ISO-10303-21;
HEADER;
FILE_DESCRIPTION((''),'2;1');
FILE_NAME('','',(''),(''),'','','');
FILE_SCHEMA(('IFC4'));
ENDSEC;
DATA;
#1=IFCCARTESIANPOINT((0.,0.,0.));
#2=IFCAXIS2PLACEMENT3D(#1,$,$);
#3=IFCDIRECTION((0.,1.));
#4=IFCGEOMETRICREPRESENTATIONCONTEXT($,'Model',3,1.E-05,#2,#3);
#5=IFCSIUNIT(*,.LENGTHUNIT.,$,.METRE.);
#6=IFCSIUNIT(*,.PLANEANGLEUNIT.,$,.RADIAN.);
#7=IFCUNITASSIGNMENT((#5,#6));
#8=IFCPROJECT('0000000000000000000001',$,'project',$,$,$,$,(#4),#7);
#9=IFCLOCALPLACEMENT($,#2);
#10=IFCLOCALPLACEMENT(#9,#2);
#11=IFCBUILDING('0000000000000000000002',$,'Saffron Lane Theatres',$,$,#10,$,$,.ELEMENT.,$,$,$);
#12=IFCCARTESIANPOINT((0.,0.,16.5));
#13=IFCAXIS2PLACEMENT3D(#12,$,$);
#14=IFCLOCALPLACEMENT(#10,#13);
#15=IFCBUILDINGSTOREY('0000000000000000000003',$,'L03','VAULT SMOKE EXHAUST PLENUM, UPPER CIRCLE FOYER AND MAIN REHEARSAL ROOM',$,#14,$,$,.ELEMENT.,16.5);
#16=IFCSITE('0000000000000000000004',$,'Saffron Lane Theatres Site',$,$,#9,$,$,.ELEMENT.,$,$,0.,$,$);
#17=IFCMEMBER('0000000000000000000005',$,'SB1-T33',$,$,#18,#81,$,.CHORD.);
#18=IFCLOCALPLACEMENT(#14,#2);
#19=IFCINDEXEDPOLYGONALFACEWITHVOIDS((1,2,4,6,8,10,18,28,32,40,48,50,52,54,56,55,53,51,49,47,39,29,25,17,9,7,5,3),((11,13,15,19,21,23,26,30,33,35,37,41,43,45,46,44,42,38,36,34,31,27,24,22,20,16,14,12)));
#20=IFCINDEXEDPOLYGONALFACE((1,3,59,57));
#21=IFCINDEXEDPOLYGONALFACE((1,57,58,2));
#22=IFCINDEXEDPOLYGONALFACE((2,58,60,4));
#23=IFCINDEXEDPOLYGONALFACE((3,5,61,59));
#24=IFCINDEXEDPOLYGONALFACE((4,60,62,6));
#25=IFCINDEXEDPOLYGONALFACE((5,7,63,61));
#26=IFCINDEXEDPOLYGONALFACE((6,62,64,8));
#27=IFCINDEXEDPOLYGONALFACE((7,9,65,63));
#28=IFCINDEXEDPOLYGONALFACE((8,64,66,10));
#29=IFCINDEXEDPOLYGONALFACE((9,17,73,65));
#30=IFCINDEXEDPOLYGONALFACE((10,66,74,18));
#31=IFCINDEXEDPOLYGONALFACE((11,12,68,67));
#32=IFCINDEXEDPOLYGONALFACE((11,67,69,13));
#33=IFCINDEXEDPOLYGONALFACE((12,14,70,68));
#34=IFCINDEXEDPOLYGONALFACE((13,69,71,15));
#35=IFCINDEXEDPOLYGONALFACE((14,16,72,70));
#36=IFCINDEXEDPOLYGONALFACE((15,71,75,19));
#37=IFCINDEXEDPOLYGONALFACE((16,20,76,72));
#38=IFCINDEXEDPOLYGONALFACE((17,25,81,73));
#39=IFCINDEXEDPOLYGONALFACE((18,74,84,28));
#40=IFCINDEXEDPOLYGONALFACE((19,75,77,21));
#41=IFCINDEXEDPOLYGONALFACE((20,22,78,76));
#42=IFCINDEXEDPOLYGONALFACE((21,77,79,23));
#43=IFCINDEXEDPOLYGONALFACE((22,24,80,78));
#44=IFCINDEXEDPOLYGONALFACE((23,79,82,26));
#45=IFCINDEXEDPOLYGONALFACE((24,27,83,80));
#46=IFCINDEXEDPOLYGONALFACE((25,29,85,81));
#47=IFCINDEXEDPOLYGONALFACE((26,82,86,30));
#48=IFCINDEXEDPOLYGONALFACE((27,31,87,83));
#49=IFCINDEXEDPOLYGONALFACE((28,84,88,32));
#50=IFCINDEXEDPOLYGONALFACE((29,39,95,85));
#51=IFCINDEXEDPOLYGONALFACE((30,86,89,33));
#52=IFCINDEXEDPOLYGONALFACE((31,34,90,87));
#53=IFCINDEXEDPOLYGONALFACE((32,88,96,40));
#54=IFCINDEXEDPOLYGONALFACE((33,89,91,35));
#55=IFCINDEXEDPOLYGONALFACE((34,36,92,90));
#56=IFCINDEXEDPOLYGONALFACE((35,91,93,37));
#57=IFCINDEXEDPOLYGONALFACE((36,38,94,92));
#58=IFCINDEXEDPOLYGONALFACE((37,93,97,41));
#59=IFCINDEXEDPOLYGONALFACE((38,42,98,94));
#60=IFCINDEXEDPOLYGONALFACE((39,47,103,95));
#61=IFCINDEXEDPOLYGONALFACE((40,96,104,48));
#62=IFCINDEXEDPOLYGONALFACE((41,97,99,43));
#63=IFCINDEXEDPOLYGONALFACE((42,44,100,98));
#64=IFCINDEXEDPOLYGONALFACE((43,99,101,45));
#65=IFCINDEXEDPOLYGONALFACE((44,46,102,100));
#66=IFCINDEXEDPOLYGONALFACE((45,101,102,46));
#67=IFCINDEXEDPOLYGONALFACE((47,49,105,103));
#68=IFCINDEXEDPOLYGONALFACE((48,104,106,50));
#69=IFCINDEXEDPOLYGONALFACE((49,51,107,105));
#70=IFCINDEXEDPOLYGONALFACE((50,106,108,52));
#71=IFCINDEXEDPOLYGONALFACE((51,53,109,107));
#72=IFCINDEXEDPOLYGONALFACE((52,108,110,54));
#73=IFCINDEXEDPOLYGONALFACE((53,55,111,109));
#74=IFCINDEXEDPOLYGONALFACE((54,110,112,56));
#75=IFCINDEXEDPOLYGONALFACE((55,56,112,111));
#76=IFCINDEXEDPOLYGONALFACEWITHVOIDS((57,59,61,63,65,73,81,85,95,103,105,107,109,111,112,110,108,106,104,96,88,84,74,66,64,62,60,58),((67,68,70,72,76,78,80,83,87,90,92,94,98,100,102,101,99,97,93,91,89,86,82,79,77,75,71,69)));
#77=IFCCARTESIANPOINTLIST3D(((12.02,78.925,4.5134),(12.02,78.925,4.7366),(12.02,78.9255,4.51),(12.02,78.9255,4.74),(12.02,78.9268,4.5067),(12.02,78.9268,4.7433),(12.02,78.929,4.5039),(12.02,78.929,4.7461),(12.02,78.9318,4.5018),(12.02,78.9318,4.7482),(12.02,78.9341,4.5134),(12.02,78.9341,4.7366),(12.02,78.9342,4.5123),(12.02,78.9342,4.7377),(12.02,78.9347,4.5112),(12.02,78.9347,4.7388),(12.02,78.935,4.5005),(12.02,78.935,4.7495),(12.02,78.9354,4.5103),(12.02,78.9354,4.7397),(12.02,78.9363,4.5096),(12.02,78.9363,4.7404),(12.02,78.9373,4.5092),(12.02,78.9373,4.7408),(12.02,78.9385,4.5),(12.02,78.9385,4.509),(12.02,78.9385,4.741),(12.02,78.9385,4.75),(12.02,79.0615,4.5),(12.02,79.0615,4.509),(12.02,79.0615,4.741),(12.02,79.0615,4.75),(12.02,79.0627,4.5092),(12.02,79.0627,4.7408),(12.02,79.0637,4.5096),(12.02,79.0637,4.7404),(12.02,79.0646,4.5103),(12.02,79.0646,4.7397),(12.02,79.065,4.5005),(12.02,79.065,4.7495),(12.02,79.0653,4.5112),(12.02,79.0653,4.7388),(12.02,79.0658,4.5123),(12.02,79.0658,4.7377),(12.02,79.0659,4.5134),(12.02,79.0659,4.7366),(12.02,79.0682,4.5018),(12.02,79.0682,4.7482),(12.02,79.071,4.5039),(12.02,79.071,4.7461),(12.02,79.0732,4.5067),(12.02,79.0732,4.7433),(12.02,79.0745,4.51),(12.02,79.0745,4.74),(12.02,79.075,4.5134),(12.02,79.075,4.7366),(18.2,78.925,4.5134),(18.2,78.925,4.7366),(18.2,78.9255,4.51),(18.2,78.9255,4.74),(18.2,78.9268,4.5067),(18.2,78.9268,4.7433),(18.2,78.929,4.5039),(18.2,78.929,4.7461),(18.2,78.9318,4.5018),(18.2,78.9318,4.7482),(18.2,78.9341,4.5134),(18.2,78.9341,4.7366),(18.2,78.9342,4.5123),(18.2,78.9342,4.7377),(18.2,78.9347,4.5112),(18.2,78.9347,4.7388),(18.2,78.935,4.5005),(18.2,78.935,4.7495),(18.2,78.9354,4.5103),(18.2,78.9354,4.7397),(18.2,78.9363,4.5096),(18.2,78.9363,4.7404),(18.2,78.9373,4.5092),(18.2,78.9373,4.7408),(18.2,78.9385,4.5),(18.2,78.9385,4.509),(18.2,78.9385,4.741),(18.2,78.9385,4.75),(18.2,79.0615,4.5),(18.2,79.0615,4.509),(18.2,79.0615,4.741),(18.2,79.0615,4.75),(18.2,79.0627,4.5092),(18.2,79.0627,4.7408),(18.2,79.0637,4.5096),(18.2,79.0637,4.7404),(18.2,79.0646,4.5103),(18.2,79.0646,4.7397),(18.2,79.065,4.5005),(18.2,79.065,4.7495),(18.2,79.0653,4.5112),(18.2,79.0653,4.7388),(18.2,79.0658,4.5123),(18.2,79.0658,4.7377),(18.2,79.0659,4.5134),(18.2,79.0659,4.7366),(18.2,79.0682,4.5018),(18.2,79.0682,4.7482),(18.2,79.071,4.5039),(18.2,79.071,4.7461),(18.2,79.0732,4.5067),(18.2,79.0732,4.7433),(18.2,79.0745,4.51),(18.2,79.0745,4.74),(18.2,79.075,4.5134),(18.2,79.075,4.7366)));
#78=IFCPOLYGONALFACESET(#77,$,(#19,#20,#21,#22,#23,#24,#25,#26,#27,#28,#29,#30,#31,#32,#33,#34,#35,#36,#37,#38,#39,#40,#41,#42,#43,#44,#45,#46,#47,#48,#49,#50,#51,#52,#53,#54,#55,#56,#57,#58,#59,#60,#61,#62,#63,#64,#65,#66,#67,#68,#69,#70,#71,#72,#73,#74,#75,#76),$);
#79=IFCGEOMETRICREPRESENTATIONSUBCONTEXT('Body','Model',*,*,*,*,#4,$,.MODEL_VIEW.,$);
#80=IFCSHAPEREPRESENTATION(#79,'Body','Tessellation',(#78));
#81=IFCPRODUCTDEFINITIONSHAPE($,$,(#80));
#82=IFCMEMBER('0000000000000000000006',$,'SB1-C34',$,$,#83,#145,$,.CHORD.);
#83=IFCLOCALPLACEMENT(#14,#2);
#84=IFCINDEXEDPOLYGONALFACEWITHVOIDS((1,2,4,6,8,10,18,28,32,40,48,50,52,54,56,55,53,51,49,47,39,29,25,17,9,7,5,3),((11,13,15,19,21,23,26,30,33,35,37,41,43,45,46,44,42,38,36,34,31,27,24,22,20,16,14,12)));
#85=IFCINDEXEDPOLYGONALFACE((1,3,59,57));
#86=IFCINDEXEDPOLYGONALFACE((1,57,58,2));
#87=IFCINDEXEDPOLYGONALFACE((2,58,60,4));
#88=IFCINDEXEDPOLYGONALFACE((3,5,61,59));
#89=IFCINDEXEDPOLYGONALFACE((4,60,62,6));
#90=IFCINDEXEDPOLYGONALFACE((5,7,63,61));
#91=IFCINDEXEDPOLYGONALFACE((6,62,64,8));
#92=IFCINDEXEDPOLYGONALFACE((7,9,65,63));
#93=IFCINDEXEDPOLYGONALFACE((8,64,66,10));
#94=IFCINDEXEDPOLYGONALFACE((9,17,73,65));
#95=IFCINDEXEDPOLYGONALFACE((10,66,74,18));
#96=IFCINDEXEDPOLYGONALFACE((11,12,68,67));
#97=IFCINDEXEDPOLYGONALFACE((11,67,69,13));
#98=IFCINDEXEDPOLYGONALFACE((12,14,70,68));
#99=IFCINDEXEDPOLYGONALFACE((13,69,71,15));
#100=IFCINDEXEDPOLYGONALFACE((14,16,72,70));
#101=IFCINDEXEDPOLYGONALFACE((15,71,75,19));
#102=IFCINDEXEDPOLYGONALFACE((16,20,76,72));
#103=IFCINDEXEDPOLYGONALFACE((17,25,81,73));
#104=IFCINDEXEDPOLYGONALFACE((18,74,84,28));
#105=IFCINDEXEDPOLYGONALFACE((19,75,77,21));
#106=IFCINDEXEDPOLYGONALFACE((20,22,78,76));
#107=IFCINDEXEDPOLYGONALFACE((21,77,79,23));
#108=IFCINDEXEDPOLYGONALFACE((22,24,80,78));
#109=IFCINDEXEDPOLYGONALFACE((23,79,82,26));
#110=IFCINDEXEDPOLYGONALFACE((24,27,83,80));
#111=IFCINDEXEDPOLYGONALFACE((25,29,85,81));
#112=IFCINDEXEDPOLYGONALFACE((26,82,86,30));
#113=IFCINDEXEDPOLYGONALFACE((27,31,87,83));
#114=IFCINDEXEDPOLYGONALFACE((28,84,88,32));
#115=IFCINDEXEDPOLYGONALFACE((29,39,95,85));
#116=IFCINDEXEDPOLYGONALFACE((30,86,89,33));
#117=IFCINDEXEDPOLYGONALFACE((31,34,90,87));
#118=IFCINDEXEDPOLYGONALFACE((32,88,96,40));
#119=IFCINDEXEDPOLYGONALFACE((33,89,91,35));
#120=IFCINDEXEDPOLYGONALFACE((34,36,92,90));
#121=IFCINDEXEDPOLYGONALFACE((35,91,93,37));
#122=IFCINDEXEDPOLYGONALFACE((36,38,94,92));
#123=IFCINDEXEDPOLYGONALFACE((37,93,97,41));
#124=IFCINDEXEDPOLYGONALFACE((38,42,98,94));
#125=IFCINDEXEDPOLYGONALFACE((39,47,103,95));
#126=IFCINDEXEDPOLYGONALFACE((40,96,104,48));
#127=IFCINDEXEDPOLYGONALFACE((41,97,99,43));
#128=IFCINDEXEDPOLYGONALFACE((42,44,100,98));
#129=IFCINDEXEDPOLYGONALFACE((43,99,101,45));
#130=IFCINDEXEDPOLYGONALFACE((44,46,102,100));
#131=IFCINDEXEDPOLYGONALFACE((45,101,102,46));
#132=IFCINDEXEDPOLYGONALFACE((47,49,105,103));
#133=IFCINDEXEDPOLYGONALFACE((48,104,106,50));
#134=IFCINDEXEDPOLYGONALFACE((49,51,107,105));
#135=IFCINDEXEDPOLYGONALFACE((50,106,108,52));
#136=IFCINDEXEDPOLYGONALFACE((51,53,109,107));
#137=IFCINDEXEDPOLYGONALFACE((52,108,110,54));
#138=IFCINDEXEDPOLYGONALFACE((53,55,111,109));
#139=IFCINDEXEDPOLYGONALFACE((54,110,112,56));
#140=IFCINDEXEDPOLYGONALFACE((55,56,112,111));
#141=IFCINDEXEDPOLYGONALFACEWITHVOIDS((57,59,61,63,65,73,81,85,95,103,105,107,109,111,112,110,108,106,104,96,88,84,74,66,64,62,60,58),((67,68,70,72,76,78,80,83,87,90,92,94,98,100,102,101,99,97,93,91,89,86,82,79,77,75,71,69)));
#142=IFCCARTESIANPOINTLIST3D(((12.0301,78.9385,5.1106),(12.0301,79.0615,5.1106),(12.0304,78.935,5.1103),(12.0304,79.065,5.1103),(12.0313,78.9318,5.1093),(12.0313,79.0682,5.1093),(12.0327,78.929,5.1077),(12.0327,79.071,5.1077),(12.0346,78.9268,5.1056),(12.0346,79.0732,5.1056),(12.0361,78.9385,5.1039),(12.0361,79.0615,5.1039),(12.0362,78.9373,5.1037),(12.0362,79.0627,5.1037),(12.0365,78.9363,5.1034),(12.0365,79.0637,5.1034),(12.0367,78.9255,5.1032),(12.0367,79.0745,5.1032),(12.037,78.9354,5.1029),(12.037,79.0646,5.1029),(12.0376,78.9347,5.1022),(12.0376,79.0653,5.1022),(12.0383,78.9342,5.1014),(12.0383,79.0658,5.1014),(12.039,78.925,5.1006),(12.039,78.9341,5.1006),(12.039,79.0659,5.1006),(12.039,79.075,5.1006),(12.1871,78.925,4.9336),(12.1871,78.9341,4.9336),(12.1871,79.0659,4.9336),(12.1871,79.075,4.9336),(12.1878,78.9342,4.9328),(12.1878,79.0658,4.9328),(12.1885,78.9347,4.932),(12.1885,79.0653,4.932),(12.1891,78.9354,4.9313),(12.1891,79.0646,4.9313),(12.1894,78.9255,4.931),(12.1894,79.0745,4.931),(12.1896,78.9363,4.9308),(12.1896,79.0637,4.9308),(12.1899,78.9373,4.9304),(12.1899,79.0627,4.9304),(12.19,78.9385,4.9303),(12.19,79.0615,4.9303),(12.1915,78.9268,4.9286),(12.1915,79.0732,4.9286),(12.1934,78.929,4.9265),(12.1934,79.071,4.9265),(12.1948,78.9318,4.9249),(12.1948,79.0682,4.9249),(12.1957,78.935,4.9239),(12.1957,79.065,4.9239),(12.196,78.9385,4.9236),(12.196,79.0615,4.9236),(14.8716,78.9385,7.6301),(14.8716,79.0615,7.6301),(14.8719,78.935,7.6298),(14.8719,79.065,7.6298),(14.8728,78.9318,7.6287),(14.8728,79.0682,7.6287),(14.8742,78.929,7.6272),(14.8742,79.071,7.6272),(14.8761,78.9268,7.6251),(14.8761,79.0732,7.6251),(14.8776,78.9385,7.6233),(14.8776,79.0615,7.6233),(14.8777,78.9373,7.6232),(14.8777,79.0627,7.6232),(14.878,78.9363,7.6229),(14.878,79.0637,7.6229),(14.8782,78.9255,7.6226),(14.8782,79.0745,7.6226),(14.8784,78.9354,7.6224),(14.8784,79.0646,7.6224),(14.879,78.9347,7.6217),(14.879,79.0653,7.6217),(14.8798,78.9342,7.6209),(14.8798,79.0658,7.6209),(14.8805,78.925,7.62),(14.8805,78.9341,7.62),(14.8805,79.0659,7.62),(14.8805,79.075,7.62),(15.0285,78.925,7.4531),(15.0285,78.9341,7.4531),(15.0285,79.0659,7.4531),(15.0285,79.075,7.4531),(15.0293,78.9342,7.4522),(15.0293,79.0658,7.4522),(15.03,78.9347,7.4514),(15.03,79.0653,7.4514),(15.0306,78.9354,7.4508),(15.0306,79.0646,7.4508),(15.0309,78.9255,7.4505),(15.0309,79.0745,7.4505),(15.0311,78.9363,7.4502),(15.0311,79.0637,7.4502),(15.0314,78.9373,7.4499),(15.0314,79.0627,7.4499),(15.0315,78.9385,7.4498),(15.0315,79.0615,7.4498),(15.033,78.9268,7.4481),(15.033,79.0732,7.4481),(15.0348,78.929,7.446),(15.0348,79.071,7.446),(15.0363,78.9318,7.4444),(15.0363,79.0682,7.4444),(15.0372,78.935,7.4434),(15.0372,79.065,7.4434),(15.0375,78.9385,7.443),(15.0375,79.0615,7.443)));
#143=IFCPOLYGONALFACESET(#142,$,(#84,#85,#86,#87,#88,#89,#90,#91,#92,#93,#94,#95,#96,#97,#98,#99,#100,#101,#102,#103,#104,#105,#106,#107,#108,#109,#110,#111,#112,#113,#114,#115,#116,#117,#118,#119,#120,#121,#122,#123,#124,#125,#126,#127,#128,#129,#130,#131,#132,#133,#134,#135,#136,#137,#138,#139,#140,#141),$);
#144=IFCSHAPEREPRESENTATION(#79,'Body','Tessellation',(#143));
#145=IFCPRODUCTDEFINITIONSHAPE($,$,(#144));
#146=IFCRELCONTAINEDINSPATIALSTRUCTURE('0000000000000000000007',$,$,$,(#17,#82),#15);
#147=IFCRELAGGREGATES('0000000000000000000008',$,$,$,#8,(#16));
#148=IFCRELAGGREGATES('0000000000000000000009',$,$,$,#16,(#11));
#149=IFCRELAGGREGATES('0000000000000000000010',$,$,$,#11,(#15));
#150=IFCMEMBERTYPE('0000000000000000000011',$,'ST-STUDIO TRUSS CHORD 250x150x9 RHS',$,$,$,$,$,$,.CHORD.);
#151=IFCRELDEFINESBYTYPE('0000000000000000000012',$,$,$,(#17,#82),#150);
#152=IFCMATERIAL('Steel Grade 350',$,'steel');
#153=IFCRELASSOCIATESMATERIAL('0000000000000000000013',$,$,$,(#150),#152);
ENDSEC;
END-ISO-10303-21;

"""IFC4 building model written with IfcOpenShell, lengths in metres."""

from ifc_helpers import new_model, si_unit, direction, frame, origin, origin_2d, place, context, subcontext, project, spatial, hollow_rectangle, extrude, material, material_profile, profile_set, type_object, element, save


model = new_model("IFC4")

# Units and contexts
model_context = context("Model", 3, precision=1e-05, world=origin(), true_north=direction((0.0, 1.0)))
body_context = subcontext(model_context, "Body", "Model", "MODEL_VIEW")
ifc_project = project(units=[si_unit("LENGTHUNIT", "METRE"), si_unit("PLANEANGLEUNIT", "RADIAN")], contexts=[model_context])

# Site, building, storey
site_placement = place(None, origin())
site = spatial("IfcSite", under=ifc_project, at=site_placement, Name="Saffron Lane Theatres Site", CompositionType="ELEMENT", RefElevation=0.0)
building_placement = place(site_placement, origin())
building = spatial("IfcBuilding", under=site, at=building_placement, Name="Saffron Lane Theatres", CompositionType="ELEMENT")
storey_placement = place(building_placement, frame((0.0, 0.0, 16.5)))
storey = spatial("IfcBuildingStorey", under=building, at=storey_placement, Name="L03", Description="VAULT SMOKE EXHAUST PLENUM, UPPER CIRCLE FOYER AND MAIN REHEARSAL ROOM", CompositionType="ELEMENT", Elevation=16.5)

# Members
ifc_material_1 = material(Name="Steel Grade 350", Category="steel")
ifc_material_profile_1 = material_profile(ifc_material_1, hollow_rectangle(XDim=0.1499, YDim=0.25, WallThickness=0.009, InnerFilletRadius=0.0044, OuterFilletRadius=0.0134, at=origin_2d()))
ifc_profile_set_1 = profile_set([ifc_material_profile_1], Name="Steel Grade 350")
member_type_1 = type_object("IfcMemberType", Name="ST-STUDIO TRUSS CHORD 250x150x9 RHS", PredefinedType="CHORD", material=ifc_profile_set_1)
member_1_placement = place(storey_placement, frame((12.02, 79.0, 4.625), z_axis=(1.0, 0.0, 0.0), x_axis=(0.0, 1.0, 0.0)))
element("IfcMember", 1, at=member_1_placement, inside=storey, type_object=member_type_1, Name="SB1-T33", PredefinedType="CHORD", context=body_context, shape_type="SweptSolid", body=[
    extrude(hollow_rectangle(XDim=0.1499, YDim=0.25, WallThickness=0.009, InnerFilletRadius=0.0044, OuterFilletRadius=0.0134, at=origin_2d()), origin(), (0.0, 0.0, 1.0), 6.1799),
])
member_2_placement = place(storey_placement, frame((12.113, 79.0, 5.0171), z_axis=(0.748232, 0.0, 0.663438), x_axis=(0.0, 1.0, 0.0)))
element("IfcMember", 2, at=member_2_placement, inside=storey, type_object=member_type_1, Name="SB1-C34", PredefinedType="CHORD", context=body_context, shape_type="SweptSolid", body=[
    extrude(hollow_rectangle(XDim=0.1499, YDim=0.25, WallThickness=0.009, InnerFilletRadius=0.0044, OuterFilletRadius=0.0134, at=origin_2d()), origin(), (0.0, 0.0, 1.0), 3.7976),
])

save(model, "model.ifc")
